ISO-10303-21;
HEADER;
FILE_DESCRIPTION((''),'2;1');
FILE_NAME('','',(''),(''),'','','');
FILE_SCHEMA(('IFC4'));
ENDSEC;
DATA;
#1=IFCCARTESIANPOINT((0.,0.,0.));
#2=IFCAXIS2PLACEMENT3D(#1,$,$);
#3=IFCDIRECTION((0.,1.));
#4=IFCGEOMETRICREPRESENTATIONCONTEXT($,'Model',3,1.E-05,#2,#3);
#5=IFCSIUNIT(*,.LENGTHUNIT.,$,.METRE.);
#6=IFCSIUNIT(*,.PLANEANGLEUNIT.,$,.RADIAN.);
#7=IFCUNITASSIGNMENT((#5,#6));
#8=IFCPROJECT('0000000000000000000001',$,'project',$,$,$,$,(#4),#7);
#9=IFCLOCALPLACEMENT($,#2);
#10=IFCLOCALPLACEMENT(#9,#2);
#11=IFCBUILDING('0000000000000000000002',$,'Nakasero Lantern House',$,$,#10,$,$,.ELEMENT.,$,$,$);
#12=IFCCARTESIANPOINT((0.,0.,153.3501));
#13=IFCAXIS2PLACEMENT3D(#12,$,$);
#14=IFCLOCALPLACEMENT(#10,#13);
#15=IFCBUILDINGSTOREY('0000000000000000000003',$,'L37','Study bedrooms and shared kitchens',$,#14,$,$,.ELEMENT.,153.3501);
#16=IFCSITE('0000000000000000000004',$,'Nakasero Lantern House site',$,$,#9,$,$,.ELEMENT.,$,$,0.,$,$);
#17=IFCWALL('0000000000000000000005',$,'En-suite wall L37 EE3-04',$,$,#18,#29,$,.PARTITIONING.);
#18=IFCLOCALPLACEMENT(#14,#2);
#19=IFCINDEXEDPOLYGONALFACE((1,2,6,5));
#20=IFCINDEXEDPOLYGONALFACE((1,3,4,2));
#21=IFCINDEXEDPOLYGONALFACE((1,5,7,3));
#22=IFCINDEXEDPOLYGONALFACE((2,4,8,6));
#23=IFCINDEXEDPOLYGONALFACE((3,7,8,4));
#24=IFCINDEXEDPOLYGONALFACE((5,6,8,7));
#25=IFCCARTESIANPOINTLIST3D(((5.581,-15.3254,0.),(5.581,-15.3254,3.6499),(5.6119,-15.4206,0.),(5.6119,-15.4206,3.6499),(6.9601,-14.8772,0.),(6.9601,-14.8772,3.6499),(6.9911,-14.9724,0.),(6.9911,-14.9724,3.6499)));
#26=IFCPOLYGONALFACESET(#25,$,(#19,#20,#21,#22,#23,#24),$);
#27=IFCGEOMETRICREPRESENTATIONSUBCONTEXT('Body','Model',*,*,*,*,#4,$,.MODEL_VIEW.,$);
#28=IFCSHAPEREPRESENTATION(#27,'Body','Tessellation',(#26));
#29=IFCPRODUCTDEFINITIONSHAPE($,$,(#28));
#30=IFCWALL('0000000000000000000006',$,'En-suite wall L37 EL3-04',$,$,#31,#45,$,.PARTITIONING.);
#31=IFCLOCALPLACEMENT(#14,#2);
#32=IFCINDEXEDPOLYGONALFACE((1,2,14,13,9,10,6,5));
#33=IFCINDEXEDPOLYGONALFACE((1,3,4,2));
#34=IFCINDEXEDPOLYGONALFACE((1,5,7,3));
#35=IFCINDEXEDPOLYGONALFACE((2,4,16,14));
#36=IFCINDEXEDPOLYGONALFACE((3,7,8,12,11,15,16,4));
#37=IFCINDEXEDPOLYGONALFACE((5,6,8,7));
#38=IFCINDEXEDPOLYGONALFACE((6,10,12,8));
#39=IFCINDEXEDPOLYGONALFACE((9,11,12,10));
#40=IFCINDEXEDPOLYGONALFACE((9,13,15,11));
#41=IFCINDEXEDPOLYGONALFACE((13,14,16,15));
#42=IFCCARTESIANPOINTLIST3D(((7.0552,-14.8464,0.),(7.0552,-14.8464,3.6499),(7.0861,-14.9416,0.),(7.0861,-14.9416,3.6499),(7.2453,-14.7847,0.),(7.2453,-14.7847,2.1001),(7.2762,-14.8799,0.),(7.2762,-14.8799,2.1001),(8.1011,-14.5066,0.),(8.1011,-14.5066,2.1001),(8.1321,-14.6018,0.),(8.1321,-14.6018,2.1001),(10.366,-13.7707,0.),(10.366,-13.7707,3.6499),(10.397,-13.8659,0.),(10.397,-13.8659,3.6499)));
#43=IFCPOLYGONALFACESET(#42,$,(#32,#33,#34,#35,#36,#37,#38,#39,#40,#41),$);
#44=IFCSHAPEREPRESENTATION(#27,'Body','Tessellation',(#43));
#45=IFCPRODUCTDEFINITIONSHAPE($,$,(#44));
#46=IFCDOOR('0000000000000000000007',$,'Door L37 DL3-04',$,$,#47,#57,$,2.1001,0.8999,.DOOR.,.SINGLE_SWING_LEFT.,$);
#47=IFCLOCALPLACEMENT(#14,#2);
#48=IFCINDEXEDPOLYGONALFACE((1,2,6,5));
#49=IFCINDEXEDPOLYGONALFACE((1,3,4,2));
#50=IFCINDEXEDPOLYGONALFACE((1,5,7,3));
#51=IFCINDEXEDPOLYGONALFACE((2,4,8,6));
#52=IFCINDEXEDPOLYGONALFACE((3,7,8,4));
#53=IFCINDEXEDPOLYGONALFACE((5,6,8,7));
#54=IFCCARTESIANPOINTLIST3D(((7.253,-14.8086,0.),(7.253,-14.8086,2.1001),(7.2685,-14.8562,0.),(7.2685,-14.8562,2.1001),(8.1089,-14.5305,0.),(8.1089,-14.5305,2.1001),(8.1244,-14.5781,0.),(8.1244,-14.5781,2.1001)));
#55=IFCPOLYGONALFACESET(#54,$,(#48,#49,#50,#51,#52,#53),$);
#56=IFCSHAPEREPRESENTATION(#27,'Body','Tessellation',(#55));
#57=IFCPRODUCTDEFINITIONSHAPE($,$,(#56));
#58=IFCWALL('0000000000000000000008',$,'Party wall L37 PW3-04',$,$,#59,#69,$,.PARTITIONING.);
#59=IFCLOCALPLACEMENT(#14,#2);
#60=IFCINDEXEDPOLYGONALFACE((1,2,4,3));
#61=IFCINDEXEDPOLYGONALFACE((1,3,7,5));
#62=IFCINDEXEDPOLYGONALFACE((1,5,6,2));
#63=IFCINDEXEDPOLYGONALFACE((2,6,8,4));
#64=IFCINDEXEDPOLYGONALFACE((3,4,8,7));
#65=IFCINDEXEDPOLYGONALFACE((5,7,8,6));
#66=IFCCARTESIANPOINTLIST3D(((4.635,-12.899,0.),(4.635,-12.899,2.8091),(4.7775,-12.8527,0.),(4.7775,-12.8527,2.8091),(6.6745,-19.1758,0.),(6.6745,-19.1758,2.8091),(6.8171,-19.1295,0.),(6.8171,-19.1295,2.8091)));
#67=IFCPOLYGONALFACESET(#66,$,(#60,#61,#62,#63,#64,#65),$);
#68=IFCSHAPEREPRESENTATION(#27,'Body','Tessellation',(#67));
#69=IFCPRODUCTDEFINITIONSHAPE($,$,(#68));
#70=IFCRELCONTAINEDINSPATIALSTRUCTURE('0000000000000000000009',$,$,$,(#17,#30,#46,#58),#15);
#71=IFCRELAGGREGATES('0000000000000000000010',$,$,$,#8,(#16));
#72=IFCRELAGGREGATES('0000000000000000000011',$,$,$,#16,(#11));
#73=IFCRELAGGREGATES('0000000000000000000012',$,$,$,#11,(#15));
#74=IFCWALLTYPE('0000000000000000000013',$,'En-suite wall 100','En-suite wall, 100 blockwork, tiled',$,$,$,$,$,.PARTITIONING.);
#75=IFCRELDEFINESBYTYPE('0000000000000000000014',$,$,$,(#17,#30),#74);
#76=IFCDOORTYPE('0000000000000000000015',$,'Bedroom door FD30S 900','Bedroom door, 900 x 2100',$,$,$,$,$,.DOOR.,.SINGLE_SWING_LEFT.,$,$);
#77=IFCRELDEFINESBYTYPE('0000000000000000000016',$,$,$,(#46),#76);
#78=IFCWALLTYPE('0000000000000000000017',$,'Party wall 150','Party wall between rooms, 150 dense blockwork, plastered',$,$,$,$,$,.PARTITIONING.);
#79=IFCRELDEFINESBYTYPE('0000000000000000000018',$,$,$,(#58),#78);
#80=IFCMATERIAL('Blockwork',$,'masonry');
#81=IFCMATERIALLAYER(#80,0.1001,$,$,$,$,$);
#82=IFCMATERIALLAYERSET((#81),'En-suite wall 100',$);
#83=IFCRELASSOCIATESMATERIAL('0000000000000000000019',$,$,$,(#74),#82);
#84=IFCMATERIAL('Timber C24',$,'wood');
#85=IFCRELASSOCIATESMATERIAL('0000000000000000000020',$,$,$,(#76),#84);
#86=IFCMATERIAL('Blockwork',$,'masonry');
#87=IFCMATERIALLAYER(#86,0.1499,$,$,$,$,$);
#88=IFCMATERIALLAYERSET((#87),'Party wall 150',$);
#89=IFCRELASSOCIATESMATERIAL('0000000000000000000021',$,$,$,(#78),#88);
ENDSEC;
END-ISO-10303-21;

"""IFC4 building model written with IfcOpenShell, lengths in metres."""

from ifc_helpers import new_model, si_unit, direction, frame, frame_2d, origin, place, context, subcontext, project, spatial, rectangle, extrude, material, layer, layer_set, type_object, element, fill, save


model = new_model("IFC4")

# Units and contexts
model_context = context("Model", 3, precision=1e-05, world=origin(), true_north=direction((0.0, 1.0)))
body_context = subcontext(model_context, "Body", "Model", "MODEL_VIEW")
ifc_project = project(units=[si_unit("LENGTHUNIT", "METRE"), si_unit("PLANEANGLEUNIT", "RADIAN")], contexts=[model_context])

# Site, building, storey
site_placement = place(None, origin())
site = spatial("IfcSite", under=ifc_project, at=site_placement, Name="Nakasero Lantern House site", CompositionType="ELEMENT", RefElevation=0.0)
building_placement = place(site_placement, origin())
building = spatial("IfcBuilding", under=site, at=building_placement, Name="Nakasero Lantern House", CompositionType="ELEMENT")
storey_placement = place(building_placement, frame((0.0, 0.0, 153.3501)))
storey = spatial("IfcBuildingStorey", under=building, at=storey_placement, Name="L37", Description="Study bedrooms and shared kitchens", CompositionType="ELEMENT", Elevation=153.3501)

# Shared definitions
ifc_material_1 = material(Name="Blockwork", Category="masonry")
ifc_layer_1 = layer(ifc_material_1, 0.1001)
ifc_layer_set_1 = layer_set([ifc_layer_1], Name="En-suite wall 100")
wall_type_1 = type_object("IfcWallType", Name="En-suite wall 100", Description="En-suite wall, 100 blockwork, tiled", PredefinedType="PARTITIONING", material=ifc_layer_set_1)

# Wall
wall_1_placement = place(storey_placement, frame((5.5964, -15.373, 0.0), z_axis=(0.0, 0.0, 1.0), x_axis=(0.95103, 0.309097, 0.0)))
element("IfcWall", 1, at=wall_1_placement, inside=storey, type_object=wall_type_1, Name="En-suite wall L37 EE3-04", PredefinedType="PARTITIONING", context=body_context, shape_type="SweptSolid", body=[
    extrude(rectangle(XDim=1.4502, YDim=0.1001, at=frame_2d((0.7251, 0.0))), origin(), (0.0, 0.0, 1.0), 3.6499),
])

# Wall, opening, door
wall_2_placement = place(storey_placement, frame((7.0706, -14.894, 0.0), z_axis=(0.0, 0.0, 1.0), x_axis=(0.951061, 0.309002, 0.0)))
wall_2 = element("IfcWall", 2, at=wall_2_placement, inside=storey, type_object=wall_type_1, Name="En-suite wall L37 EL3-04", PredefinedType="PARTITIONING", context=body_context, shape_type="SweptSolid", body=[
    extrude(rectangle(XDim=3.4812, YDim=0.1001, at=frame_2d((1.7407, 0.0))), origin(), (0.0, 0.0, 1.0), 3.6499),
])
opening_1_placement = place(wall_2_placement, frame((0.2, 0.0, 0.0)))
opening_1 = element("IfcOpeningElement", 3, at=opening_1_placement, cuts=wall_2, PredefinedType="OPENING", context=body_context, shape_type="SweptSolid", body=[
    extrude(rectangle(XDim=0.8999, YDim=2.1001, at=frame_2d((0.45, 1.05))), frame((0.0, 0.0701, 0.0), z_axis=(0.0, -1.0, 0.0), x_axis=(1.0, 0.0, 0.0)), (0.0, 0.0, 1.0), 0.1401),
])
ifc_material_2 = material(Name="Timber C24", Category="wood")
door_type_1 = type_object("IfcDoorType", Name="Bedroom door FD30S 900", Description="Bedroom door, 900 x 2100", OperationType="SINGLE_SWING_LEFT", PredefinedType="DOOR", material=ifc_material_2)
door_1_placement = place(opening_1_placement, origin())
door_1 = element("IfcDoor", 4, at=door_1_placement, inside=storey, type_object=door_type_1, Name="Door L37 DL3-04", OperationType="SINGLE_SWING_LEFT", OverallHeight=2.1001, OverallWidth=0.8999, PredefinedType="DOOR", context=body_context, shape_type="SweptSolid", body=[
    extrude(rectangle(XDim=0.8999, YDim=2.1001, at=frame_2d((0.45, 1.05))), frame((0.0, 0.0249, 0.0), z_axis=(0.0, -1.0, 0.0), x_axis=(1.0, 0.0, 0.0)), (0.0, 0.0, 1.0), 0.05),
])
fill(opening_1, door_1)

# Wall
ifc_material_3 = material(Name="Blockwork", Category="masonry")
ifc_layer_2 = layer(ifc_material_3, 0.1499)
ifc_layer_set_2 = layer_set([ifc_layer_2], Name="Party wall 150")
wall_type_2 = type_object("IfcWallType", Name="Party wall 150", Description="Party wall between rooms, 150 dense blockwork, plastered", PredefinedType="PARTITIONING", material=ifc_layer_set_2)
wall_3_placement = place(storey_placement, frame((4.7063, -12.876, 0.0), z_axis=(0.0, 0.0, 1.0), x_axis=(0.309028, -0.951053, 0.0)))
element("IfcWall", 5, at=wall_3_placement, inside=storey, type_object=wall_type_2, Name="Party wall L37 PW3-04", PredefinedType="PARTITIONING", context=body_context, shape_type="SweptSolid", body=[
    extrude(rectangle(XDim=6.5999, YDim=0.1499, at=frame_2d((3.2998, 0.0))), origin(), (0.0, 0.0, 1.0), 2.8091),
])

save(model, "model.ifc")
